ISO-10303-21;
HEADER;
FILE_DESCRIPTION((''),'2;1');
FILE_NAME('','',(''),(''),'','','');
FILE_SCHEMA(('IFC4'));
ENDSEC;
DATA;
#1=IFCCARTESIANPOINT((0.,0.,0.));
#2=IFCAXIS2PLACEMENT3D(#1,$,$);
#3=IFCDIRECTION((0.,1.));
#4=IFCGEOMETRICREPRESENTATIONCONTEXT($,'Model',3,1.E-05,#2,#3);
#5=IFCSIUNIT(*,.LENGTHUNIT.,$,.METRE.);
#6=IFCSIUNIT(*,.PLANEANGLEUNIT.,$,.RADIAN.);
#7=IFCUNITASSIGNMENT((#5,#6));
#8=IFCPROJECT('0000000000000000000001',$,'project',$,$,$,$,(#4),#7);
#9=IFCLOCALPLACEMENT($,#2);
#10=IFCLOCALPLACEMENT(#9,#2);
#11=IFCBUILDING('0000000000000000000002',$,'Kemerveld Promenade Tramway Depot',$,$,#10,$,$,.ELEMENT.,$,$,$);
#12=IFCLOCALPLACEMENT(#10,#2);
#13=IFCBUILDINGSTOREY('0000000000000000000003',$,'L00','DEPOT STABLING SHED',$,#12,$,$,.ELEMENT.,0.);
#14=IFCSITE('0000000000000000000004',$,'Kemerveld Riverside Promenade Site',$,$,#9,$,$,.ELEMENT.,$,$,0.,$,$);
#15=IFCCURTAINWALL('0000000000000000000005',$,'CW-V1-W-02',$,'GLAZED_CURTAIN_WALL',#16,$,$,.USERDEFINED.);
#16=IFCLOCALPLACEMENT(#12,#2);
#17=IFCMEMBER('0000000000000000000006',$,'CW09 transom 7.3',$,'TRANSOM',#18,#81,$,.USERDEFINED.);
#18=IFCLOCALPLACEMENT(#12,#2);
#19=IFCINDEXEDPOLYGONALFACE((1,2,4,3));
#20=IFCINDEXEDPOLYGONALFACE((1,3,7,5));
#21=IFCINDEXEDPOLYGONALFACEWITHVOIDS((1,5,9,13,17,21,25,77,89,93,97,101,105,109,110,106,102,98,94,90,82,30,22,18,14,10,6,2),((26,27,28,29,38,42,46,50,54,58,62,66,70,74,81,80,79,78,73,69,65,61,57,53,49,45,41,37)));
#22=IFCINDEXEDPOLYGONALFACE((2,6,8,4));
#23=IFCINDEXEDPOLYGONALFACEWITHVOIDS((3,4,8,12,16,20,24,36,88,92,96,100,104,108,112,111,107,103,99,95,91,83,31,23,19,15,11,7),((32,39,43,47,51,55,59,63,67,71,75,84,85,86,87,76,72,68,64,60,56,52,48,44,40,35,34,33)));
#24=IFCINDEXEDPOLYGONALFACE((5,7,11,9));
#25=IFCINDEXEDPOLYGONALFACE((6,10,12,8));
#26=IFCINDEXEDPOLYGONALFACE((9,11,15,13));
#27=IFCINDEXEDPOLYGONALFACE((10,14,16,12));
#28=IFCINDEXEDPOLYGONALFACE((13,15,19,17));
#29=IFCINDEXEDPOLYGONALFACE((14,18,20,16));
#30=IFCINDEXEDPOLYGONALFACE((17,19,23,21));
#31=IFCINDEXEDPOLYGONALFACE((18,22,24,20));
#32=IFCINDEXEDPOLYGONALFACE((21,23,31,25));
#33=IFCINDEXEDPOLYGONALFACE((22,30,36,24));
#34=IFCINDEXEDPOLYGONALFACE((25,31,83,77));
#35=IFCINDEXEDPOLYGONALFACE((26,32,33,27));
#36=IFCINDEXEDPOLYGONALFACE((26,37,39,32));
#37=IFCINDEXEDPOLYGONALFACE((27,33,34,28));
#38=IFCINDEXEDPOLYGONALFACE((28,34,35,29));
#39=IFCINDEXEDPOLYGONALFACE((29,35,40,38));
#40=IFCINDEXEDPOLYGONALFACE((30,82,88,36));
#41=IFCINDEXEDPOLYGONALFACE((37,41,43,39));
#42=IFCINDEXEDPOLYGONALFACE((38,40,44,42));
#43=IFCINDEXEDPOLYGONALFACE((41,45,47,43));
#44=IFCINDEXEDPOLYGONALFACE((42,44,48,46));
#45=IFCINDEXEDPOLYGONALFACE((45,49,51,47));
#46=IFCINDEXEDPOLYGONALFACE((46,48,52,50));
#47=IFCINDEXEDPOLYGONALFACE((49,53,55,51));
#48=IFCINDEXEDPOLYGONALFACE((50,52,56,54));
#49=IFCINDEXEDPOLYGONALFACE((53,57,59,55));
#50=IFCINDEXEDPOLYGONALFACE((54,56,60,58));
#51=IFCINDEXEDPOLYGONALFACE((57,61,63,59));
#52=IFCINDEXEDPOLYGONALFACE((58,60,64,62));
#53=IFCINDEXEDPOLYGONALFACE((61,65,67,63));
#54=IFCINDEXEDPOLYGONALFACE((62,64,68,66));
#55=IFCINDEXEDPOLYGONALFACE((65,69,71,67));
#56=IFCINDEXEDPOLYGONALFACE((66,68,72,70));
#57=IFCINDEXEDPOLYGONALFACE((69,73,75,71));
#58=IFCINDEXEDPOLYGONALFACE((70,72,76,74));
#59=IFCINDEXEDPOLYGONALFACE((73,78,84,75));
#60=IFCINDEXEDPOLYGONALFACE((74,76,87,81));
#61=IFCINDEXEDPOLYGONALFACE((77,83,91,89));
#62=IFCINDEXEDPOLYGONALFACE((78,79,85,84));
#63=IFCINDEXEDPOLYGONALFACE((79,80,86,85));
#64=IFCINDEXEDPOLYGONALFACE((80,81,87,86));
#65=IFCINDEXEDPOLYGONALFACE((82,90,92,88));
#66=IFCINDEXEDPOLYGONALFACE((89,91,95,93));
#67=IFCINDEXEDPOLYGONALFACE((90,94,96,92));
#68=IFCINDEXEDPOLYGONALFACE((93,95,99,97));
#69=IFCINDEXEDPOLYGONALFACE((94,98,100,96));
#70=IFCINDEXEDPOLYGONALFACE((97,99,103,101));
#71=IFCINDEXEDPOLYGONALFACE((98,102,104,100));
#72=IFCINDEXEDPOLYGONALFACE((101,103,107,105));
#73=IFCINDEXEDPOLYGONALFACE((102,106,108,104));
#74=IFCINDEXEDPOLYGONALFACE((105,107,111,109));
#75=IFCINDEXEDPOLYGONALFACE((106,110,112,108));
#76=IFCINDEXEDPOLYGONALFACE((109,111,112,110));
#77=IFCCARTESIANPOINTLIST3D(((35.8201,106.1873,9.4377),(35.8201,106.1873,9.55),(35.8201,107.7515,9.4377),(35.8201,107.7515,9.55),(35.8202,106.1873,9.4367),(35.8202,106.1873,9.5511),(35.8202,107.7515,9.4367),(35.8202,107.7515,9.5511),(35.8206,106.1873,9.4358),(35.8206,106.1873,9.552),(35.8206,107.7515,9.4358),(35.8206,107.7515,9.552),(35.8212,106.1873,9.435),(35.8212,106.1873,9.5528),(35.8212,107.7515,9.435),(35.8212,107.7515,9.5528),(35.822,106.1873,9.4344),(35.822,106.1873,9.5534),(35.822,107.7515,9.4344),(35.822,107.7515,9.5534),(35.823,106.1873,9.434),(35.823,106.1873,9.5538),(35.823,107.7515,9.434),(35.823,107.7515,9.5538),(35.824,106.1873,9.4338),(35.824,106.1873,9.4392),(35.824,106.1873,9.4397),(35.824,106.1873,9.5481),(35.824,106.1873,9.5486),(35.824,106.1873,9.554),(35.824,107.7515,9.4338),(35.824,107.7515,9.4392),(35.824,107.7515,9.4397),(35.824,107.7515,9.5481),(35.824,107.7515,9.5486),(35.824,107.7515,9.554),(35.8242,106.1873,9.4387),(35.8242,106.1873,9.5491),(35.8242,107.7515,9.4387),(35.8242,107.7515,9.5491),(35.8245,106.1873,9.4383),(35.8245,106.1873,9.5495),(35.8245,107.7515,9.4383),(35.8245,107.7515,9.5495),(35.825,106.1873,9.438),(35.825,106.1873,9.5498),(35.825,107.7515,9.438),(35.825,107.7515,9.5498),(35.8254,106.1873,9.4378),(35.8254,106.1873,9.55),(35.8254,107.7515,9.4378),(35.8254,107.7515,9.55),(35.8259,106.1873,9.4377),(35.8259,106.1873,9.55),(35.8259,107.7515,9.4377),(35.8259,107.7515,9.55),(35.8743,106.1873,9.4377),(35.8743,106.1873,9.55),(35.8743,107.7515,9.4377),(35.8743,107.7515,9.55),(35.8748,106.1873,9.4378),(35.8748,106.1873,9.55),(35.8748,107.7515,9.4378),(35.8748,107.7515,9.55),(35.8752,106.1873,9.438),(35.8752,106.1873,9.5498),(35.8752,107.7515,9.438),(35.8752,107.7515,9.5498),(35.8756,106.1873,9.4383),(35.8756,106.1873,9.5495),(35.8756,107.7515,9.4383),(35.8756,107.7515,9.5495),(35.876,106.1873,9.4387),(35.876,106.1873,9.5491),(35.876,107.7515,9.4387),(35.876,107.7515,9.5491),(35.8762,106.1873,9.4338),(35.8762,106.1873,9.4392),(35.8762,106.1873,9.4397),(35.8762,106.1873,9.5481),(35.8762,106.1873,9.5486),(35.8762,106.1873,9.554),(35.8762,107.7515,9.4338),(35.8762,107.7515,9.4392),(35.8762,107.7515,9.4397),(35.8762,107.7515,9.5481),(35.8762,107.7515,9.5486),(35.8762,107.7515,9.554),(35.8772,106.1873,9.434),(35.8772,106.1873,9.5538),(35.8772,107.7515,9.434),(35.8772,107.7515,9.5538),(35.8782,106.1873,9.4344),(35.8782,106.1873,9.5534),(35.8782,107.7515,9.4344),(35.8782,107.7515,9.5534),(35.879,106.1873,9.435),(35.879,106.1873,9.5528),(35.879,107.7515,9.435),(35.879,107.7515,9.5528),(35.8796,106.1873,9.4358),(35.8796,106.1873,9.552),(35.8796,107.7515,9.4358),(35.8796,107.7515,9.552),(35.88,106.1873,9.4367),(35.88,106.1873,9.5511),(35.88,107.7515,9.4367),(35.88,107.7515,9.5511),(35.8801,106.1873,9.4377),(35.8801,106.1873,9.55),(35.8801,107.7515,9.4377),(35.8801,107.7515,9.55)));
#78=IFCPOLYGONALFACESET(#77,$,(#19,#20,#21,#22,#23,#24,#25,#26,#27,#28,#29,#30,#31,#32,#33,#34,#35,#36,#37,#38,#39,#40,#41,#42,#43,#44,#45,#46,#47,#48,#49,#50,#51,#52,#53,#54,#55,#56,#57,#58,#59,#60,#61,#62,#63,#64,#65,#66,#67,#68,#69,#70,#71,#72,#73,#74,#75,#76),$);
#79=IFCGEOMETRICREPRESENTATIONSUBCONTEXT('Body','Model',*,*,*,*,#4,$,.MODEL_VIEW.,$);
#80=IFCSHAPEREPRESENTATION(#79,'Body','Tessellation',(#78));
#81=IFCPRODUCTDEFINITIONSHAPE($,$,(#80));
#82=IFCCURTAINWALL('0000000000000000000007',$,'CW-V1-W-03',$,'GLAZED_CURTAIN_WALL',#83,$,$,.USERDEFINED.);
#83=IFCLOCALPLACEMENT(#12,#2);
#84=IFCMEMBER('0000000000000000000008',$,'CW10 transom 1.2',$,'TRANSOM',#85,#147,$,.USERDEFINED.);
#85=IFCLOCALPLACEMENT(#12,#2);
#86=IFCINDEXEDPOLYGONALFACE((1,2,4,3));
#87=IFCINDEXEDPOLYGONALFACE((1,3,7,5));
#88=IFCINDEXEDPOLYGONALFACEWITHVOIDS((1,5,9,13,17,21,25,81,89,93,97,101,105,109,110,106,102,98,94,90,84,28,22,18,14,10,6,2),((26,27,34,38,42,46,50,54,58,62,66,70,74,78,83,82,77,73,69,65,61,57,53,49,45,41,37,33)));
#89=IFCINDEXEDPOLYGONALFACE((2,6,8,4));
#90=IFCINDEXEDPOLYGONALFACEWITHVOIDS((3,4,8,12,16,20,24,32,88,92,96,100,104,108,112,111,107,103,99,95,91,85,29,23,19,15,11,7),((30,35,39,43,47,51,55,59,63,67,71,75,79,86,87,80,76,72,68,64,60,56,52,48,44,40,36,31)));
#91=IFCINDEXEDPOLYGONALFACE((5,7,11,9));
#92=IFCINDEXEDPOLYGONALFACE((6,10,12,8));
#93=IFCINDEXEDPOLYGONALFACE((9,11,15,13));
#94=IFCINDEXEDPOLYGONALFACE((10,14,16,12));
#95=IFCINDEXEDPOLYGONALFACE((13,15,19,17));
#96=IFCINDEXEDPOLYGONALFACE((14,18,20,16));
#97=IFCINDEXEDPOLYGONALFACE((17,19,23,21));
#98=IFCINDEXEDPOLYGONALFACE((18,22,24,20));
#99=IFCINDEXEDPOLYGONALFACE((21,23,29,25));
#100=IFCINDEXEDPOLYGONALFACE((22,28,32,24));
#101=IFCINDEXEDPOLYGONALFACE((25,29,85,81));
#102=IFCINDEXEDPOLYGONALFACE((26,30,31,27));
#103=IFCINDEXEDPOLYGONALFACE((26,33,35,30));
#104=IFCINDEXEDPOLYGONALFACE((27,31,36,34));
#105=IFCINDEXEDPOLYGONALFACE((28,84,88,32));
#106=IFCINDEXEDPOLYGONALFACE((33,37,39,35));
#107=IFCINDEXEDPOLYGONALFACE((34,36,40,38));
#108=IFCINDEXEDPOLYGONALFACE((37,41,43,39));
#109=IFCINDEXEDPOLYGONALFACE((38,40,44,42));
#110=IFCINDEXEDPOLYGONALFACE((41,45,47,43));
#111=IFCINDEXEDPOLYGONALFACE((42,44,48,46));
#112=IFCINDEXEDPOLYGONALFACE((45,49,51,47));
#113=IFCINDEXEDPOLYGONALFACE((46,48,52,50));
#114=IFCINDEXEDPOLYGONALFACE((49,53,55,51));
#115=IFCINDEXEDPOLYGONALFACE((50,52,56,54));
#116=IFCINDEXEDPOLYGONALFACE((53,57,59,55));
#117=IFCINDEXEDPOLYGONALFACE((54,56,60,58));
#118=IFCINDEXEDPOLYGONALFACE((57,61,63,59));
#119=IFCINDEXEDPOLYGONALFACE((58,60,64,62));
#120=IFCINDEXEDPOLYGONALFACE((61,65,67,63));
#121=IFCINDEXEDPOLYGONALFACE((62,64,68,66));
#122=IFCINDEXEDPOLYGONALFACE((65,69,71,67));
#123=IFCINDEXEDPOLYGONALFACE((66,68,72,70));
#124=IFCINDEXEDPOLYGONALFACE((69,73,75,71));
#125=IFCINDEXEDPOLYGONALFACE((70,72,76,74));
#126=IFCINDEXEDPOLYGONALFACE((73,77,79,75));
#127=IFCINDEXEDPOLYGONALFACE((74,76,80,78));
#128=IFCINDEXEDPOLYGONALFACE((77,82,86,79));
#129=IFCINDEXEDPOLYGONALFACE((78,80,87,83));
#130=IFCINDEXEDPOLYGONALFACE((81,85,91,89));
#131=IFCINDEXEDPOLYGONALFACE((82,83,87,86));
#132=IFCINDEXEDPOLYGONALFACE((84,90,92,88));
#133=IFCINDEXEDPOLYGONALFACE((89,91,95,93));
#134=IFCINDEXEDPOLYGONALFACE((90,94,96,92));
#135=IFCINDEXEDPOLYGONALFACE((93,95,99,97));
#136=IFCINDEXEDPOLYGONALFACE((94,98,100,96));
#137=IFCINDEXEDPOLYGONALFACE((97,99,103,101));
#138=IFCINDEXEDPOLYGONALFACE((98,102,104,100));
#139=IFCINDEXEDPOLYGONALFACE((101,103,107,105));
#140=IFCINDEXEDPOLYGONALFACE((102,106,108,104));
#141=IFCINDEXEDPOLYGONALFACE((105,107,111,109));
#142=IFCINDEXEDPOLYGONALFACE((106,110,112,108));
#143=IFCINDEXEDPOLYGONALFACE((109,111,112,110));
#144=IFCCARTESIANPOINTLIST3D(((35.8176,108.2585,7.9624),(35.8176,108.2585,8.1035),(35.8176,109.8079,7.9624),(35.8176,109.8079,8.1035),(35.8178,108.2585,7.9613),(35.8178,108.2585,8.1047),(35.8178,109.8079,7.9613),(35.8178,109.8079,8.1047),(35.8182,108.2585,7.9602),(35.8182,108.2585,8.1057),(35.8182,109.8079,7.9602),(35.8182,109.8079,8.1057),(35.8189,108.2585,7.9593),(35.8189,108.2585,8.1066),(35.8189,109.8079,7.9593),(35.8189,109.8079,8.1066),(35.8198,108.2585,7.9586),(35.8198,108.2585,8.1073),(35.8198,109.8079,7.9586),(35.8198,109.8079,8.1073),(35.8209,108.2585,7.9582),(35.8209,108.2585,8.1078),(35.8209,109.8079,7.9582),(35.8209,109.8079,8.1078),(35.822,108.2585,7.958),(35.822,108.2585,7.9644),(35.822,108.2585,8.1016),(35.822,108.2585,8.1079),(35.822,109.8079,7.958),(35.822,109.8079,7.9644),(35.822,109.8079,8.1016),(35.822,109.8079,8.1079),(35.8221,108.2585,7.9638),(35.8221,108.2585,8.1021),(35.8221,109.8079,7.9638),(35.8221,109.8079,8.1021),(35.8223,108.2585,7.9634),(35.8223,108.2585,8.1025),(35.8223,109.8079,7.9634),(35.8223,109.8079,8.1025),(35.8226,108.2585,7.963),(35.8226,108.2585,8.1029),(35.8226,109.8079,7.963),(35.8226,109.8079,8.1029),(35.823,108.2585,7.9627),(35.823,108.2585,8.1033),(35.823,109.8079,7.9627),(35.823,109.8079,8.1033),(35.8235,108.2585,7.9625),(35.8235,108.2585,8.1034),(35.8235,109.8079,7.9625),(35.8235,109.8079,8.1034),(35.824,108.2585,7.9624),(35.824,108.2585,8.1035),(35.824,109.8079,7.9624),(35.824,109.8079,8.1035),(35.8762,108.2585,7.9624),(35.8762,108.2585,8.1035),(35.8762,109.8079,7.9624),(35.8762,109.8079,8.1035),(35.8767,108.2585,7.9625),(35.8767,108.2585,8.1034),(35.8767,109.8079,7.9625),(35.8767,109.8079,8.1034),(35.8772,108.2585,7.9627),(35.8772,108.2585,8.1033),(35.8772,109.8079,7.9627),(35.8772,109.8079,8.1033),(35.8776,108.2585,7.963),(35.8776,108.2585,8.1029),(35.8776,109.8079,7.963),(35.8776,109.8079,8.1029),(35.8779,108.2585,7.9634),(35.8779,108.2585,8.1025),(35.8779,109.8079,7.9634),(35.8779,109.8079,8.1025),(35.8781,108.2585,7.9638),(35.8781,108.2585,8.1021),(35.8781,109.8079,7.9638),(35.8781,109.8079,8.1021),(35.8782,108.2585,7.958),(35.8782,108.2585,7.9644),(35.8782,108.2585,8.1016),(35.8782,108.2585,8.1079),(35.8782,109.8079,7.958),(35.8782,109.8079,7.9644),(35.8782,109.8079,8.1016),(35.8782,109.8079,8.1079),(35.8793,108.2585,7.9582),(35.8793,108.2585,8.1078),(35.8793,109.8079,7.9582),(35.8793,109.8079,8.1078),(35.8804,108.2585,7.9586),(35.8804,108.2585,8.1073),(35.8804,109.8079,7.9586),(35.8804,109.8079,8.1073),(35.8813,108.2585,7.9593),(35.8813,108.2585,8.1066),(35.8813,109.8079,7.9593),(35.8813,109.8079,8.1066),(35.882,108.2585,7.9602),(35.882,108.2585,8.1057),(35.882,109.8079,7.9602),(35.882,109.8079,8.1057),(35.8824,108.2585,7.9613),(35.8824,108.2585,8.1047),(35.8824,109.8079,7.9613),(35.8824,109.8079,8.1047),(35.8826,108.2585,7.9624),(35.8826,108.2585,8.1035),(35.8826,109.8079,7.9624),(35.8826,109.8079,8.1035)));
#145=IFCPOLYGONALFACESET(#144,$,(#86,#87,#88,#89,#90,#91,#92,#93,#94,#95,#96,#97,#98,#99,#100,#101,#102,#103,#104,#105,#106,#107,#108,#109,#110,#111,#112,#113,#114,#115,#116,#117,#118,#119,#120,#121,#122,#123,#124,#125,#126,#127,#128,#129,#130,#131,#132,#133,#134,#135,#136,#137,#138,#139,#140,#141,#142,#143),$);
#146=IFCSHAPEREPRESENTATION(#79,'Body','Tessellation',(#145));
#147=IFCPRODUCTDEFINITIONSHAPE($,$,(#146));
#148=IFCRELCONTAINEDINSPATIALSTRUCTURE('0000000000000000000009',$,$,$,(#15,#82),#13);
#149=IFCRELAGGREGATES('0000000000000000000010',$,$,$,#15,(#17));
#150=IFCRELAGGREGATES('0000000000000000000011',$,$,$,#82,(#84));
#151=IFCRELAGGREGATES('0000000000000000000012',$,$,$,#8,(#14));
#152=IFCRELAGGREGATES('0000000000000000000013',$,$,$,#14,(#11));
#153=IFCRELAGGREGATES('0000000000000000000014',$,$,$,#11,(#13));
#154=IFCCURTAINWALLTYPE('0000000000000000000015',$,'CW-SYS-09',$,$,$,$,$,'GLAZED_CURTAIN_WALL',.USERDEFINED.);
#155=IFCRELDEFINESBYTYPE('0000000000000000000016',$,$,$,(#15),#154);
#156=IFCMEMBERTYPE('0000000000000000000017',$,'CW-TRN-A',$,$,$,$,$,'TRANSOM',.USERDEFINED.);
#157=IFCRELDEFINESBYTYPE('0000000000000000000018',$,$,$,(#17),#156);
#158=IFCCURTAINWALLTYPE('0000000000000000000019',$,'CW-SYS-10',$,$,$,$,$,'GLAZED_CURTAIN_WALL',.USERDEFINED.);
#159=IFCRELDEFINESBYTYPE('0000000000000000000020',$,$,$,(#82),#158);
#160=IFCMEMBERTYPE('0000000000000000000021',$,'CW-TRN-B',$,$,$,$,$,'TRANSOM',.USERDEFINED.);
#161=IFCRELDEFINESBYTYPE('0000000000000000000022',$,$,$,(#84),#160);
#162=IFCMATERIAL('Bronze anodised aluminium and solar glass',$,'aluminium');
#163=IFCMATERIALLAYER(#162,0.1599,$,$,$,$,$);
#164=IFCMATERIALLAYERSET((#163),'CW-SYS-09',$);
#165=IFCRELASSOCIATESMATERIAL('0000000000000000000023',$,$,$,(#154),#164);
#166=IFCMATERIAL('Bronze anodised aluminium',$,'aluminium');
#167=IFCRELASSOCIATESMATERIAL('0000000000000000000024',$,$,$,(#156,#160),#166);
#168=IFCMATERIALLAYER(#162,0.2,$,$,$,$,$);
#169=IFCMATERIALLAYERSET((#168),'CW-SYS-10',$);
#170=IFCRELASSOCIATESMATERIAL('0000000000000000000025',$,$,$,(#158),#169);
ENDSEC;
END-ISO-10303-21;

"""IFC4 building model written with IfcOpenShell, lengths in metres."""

from ifc_helpers import new_model, si_unit, direction, frame, origin, origin_2d, place, context, subcontext, project, spatial, hollow_rectangle, extrude, material, layer, layer_set, material_profile, profile_set, type_object, element, aggregate, save


model = new_model("IFC4")

# Units and contexts
model_context = context("Model", 3, precision=1e-05, world=origin(), true_north=direction((0.0, 1.0)))
body_context = subcontext(model_context, "Body", "Model", "MODEL_VIEW")
ifc_project = project(units=[si_unit("LENGTHUNIT", "METRE"), si_unit("PLANEANGLEUNIT", "RADIAN")], contexts=[model_context])

# Site, building, storey
site_placement = place(None, origin())
site = spatial("IfcSite", under=ifc_project, at=site_placement, Name="Kemerveld Riverside Promenade Site", CompositionType="ELEMENT", RefElevation=0.0)
building_placement = place(site_placement, origin())
building = spatial("IfcBuilding", under=site, at=building_placement, Name="Kemerveld Promenade Tramway Depot", CompositionType="ELEMENT")
storey_placement = place(building_placement, origin())
storey = spatial("IfcBuildingStorey", under=building, at=storey_placement, Name="L00", Description="DEPOT STABLING SHED", CompositionType="ELEMENT", Elevation=0.0)

# Curtain walls, members
ifc_material_1 = material(Name="Bronze anodised aluminium and solar glass", Category="aluminium")
ifc_layer_1 = layer(ifc_material_1, 0.1599)
ifc_layer_set_1 = layer_set([ifc_layer_1], Name="CW-SYS-09")
curtain_wall_type_1 = type_object("IfcCurtainWallType", Name="CW-SYS-09", ElementType="GLAZED_CURTAIN_WALL", PredefinedType="USERDEFINED", material=ifc_layer_set_1)
curtain_wall_1_placement = place(storey_placement, origin())
curtain_wall_1 = element("IfcCurtainWall", 1, at=curtain_wall_1_placement, inside=storey, type_object=curtain_wall_type_1, Name="CW-V1-W-02", ObjectType="GLAZED_CURTAIN_WALL", PredefinedType="USERDEFINED")
ifc_material_2 = material(Name="Bronze anodised aluminium", Category="aluminium")
ifc_material_profile_1 = material_profile(ifc_material_2, hollow_rectangle(XDim=0.0601, YDim=0.1201, WallThickness=0.0039, InnerFilletRadius=0.002, OuterFilletRadius=0.0039, at=origin_2d()), Name="CW-TRN-120x60")
ifc_profile_set_1 = profile_set([ifc_material_profile_1], Name="Bronze anodised aluminium")
member_type_1 = type_object("IfcMemberType", Name="CW-TRN-A", ElementType="TRANSOM", PredefinedType="USERDEFINED", material=ifc_profile_set_1)
member_1_placement = place(storey_placement, frame((35.8501, 106.1873, 9.4939), z_axis=(0.0, 1.0, 0.0), x_axis=(-1.0, 0.0, 0.0)))
member_1 = element("IfcMember", 2, at=member_1_placement, type_object=member_type_1, Name="CW09 transom 7.3", ObjectType="TRANSOM", PredefinedType="USERDEFINED", context=body_context, shape_type="SweptSolid", body=[
    extrude(hollow_rectangle(XDim=0.0601, YDim=0.1201, WallThickness=0.0039, InnerFilletRadius=0.002, OuterFilletRadius=0.0039, at=origin_2d()), origin(), (0.0, 0.0, 1.0), 1.5642),
])
ifc_layer_2 = layer(ifc_material_1, 0.2)
ifc_layer_set_2 = layer_set([ifc_layer_2], Name="CW-SYS-10")
curtain_wall_type_2 = type_object("IfcCurtainWallType", Name="CW-SYS-10", ElementType="GLAZED_CURTAIN_WALL", PredefinedType="USERDEFINED", material=ifc_layer_set_2)
curtain_wall_2_placement = place(storey_placement, origin())
curtain_wall_2 = element("IfcCurtainWall", 3, at=curtain_wall_2_placement, inside=storey, type_object=curtain_wall_type_2, Name="CW-V1-W-03", ObjectType="GLAZED_CURTAIN_WALL", PredefinedType="USERDEFINED")
ifc_material_profile_2 = material_profile(ifc_material_2, hollow_rectangle(XDim=0.0649, YDim=0.1499, WallThickness=0.0044, InnerFilletRadius=0.002, OuterFilletRadius=0.0044, at=origin_2d()), Name="CW-TRN-150x65")
ifc_profile_set_2 = profile_set([ifc_material_profile_2], Name="Bronze anodised aluminium")
member_type_2 = type_object("IfcMemberType", Name="CW-TRN-B", ElementType="TRANSOM", PredefinedType="USERDEFINED", material=ifc_profile_set_2)
member_2_placement = place(storey_placement, frame((35.8501, 108.2585, 8.033), z_axis=(0.0, 1.0, 0.0), x_axis=(-1.0, 0.0, 0.0)))
member_2 = element("IfcMember", 4, at=member_2_placement, type_object=member_type_2, Name="CW10 transom 1.2", ObjectType="TRANSOM", PredefinedType="USERDEFINED", context=body_context, shape_type="SweptSolid", body=[
    extrude(hollow_rectangle(XDim=0.0649, YDim=0.1499, WallThickness=0.0044, InnerFilletRadius=0.002, OuterFilletRadius=0.0044, at=origin_2d()), origin(), (0.0, 0.0, 1.0), 1.5493),
])

aggregate(curtain_wall_1, [member_1])
aggregate(curtain_wall_2, [member_2])

save(model, "model.ifc")
